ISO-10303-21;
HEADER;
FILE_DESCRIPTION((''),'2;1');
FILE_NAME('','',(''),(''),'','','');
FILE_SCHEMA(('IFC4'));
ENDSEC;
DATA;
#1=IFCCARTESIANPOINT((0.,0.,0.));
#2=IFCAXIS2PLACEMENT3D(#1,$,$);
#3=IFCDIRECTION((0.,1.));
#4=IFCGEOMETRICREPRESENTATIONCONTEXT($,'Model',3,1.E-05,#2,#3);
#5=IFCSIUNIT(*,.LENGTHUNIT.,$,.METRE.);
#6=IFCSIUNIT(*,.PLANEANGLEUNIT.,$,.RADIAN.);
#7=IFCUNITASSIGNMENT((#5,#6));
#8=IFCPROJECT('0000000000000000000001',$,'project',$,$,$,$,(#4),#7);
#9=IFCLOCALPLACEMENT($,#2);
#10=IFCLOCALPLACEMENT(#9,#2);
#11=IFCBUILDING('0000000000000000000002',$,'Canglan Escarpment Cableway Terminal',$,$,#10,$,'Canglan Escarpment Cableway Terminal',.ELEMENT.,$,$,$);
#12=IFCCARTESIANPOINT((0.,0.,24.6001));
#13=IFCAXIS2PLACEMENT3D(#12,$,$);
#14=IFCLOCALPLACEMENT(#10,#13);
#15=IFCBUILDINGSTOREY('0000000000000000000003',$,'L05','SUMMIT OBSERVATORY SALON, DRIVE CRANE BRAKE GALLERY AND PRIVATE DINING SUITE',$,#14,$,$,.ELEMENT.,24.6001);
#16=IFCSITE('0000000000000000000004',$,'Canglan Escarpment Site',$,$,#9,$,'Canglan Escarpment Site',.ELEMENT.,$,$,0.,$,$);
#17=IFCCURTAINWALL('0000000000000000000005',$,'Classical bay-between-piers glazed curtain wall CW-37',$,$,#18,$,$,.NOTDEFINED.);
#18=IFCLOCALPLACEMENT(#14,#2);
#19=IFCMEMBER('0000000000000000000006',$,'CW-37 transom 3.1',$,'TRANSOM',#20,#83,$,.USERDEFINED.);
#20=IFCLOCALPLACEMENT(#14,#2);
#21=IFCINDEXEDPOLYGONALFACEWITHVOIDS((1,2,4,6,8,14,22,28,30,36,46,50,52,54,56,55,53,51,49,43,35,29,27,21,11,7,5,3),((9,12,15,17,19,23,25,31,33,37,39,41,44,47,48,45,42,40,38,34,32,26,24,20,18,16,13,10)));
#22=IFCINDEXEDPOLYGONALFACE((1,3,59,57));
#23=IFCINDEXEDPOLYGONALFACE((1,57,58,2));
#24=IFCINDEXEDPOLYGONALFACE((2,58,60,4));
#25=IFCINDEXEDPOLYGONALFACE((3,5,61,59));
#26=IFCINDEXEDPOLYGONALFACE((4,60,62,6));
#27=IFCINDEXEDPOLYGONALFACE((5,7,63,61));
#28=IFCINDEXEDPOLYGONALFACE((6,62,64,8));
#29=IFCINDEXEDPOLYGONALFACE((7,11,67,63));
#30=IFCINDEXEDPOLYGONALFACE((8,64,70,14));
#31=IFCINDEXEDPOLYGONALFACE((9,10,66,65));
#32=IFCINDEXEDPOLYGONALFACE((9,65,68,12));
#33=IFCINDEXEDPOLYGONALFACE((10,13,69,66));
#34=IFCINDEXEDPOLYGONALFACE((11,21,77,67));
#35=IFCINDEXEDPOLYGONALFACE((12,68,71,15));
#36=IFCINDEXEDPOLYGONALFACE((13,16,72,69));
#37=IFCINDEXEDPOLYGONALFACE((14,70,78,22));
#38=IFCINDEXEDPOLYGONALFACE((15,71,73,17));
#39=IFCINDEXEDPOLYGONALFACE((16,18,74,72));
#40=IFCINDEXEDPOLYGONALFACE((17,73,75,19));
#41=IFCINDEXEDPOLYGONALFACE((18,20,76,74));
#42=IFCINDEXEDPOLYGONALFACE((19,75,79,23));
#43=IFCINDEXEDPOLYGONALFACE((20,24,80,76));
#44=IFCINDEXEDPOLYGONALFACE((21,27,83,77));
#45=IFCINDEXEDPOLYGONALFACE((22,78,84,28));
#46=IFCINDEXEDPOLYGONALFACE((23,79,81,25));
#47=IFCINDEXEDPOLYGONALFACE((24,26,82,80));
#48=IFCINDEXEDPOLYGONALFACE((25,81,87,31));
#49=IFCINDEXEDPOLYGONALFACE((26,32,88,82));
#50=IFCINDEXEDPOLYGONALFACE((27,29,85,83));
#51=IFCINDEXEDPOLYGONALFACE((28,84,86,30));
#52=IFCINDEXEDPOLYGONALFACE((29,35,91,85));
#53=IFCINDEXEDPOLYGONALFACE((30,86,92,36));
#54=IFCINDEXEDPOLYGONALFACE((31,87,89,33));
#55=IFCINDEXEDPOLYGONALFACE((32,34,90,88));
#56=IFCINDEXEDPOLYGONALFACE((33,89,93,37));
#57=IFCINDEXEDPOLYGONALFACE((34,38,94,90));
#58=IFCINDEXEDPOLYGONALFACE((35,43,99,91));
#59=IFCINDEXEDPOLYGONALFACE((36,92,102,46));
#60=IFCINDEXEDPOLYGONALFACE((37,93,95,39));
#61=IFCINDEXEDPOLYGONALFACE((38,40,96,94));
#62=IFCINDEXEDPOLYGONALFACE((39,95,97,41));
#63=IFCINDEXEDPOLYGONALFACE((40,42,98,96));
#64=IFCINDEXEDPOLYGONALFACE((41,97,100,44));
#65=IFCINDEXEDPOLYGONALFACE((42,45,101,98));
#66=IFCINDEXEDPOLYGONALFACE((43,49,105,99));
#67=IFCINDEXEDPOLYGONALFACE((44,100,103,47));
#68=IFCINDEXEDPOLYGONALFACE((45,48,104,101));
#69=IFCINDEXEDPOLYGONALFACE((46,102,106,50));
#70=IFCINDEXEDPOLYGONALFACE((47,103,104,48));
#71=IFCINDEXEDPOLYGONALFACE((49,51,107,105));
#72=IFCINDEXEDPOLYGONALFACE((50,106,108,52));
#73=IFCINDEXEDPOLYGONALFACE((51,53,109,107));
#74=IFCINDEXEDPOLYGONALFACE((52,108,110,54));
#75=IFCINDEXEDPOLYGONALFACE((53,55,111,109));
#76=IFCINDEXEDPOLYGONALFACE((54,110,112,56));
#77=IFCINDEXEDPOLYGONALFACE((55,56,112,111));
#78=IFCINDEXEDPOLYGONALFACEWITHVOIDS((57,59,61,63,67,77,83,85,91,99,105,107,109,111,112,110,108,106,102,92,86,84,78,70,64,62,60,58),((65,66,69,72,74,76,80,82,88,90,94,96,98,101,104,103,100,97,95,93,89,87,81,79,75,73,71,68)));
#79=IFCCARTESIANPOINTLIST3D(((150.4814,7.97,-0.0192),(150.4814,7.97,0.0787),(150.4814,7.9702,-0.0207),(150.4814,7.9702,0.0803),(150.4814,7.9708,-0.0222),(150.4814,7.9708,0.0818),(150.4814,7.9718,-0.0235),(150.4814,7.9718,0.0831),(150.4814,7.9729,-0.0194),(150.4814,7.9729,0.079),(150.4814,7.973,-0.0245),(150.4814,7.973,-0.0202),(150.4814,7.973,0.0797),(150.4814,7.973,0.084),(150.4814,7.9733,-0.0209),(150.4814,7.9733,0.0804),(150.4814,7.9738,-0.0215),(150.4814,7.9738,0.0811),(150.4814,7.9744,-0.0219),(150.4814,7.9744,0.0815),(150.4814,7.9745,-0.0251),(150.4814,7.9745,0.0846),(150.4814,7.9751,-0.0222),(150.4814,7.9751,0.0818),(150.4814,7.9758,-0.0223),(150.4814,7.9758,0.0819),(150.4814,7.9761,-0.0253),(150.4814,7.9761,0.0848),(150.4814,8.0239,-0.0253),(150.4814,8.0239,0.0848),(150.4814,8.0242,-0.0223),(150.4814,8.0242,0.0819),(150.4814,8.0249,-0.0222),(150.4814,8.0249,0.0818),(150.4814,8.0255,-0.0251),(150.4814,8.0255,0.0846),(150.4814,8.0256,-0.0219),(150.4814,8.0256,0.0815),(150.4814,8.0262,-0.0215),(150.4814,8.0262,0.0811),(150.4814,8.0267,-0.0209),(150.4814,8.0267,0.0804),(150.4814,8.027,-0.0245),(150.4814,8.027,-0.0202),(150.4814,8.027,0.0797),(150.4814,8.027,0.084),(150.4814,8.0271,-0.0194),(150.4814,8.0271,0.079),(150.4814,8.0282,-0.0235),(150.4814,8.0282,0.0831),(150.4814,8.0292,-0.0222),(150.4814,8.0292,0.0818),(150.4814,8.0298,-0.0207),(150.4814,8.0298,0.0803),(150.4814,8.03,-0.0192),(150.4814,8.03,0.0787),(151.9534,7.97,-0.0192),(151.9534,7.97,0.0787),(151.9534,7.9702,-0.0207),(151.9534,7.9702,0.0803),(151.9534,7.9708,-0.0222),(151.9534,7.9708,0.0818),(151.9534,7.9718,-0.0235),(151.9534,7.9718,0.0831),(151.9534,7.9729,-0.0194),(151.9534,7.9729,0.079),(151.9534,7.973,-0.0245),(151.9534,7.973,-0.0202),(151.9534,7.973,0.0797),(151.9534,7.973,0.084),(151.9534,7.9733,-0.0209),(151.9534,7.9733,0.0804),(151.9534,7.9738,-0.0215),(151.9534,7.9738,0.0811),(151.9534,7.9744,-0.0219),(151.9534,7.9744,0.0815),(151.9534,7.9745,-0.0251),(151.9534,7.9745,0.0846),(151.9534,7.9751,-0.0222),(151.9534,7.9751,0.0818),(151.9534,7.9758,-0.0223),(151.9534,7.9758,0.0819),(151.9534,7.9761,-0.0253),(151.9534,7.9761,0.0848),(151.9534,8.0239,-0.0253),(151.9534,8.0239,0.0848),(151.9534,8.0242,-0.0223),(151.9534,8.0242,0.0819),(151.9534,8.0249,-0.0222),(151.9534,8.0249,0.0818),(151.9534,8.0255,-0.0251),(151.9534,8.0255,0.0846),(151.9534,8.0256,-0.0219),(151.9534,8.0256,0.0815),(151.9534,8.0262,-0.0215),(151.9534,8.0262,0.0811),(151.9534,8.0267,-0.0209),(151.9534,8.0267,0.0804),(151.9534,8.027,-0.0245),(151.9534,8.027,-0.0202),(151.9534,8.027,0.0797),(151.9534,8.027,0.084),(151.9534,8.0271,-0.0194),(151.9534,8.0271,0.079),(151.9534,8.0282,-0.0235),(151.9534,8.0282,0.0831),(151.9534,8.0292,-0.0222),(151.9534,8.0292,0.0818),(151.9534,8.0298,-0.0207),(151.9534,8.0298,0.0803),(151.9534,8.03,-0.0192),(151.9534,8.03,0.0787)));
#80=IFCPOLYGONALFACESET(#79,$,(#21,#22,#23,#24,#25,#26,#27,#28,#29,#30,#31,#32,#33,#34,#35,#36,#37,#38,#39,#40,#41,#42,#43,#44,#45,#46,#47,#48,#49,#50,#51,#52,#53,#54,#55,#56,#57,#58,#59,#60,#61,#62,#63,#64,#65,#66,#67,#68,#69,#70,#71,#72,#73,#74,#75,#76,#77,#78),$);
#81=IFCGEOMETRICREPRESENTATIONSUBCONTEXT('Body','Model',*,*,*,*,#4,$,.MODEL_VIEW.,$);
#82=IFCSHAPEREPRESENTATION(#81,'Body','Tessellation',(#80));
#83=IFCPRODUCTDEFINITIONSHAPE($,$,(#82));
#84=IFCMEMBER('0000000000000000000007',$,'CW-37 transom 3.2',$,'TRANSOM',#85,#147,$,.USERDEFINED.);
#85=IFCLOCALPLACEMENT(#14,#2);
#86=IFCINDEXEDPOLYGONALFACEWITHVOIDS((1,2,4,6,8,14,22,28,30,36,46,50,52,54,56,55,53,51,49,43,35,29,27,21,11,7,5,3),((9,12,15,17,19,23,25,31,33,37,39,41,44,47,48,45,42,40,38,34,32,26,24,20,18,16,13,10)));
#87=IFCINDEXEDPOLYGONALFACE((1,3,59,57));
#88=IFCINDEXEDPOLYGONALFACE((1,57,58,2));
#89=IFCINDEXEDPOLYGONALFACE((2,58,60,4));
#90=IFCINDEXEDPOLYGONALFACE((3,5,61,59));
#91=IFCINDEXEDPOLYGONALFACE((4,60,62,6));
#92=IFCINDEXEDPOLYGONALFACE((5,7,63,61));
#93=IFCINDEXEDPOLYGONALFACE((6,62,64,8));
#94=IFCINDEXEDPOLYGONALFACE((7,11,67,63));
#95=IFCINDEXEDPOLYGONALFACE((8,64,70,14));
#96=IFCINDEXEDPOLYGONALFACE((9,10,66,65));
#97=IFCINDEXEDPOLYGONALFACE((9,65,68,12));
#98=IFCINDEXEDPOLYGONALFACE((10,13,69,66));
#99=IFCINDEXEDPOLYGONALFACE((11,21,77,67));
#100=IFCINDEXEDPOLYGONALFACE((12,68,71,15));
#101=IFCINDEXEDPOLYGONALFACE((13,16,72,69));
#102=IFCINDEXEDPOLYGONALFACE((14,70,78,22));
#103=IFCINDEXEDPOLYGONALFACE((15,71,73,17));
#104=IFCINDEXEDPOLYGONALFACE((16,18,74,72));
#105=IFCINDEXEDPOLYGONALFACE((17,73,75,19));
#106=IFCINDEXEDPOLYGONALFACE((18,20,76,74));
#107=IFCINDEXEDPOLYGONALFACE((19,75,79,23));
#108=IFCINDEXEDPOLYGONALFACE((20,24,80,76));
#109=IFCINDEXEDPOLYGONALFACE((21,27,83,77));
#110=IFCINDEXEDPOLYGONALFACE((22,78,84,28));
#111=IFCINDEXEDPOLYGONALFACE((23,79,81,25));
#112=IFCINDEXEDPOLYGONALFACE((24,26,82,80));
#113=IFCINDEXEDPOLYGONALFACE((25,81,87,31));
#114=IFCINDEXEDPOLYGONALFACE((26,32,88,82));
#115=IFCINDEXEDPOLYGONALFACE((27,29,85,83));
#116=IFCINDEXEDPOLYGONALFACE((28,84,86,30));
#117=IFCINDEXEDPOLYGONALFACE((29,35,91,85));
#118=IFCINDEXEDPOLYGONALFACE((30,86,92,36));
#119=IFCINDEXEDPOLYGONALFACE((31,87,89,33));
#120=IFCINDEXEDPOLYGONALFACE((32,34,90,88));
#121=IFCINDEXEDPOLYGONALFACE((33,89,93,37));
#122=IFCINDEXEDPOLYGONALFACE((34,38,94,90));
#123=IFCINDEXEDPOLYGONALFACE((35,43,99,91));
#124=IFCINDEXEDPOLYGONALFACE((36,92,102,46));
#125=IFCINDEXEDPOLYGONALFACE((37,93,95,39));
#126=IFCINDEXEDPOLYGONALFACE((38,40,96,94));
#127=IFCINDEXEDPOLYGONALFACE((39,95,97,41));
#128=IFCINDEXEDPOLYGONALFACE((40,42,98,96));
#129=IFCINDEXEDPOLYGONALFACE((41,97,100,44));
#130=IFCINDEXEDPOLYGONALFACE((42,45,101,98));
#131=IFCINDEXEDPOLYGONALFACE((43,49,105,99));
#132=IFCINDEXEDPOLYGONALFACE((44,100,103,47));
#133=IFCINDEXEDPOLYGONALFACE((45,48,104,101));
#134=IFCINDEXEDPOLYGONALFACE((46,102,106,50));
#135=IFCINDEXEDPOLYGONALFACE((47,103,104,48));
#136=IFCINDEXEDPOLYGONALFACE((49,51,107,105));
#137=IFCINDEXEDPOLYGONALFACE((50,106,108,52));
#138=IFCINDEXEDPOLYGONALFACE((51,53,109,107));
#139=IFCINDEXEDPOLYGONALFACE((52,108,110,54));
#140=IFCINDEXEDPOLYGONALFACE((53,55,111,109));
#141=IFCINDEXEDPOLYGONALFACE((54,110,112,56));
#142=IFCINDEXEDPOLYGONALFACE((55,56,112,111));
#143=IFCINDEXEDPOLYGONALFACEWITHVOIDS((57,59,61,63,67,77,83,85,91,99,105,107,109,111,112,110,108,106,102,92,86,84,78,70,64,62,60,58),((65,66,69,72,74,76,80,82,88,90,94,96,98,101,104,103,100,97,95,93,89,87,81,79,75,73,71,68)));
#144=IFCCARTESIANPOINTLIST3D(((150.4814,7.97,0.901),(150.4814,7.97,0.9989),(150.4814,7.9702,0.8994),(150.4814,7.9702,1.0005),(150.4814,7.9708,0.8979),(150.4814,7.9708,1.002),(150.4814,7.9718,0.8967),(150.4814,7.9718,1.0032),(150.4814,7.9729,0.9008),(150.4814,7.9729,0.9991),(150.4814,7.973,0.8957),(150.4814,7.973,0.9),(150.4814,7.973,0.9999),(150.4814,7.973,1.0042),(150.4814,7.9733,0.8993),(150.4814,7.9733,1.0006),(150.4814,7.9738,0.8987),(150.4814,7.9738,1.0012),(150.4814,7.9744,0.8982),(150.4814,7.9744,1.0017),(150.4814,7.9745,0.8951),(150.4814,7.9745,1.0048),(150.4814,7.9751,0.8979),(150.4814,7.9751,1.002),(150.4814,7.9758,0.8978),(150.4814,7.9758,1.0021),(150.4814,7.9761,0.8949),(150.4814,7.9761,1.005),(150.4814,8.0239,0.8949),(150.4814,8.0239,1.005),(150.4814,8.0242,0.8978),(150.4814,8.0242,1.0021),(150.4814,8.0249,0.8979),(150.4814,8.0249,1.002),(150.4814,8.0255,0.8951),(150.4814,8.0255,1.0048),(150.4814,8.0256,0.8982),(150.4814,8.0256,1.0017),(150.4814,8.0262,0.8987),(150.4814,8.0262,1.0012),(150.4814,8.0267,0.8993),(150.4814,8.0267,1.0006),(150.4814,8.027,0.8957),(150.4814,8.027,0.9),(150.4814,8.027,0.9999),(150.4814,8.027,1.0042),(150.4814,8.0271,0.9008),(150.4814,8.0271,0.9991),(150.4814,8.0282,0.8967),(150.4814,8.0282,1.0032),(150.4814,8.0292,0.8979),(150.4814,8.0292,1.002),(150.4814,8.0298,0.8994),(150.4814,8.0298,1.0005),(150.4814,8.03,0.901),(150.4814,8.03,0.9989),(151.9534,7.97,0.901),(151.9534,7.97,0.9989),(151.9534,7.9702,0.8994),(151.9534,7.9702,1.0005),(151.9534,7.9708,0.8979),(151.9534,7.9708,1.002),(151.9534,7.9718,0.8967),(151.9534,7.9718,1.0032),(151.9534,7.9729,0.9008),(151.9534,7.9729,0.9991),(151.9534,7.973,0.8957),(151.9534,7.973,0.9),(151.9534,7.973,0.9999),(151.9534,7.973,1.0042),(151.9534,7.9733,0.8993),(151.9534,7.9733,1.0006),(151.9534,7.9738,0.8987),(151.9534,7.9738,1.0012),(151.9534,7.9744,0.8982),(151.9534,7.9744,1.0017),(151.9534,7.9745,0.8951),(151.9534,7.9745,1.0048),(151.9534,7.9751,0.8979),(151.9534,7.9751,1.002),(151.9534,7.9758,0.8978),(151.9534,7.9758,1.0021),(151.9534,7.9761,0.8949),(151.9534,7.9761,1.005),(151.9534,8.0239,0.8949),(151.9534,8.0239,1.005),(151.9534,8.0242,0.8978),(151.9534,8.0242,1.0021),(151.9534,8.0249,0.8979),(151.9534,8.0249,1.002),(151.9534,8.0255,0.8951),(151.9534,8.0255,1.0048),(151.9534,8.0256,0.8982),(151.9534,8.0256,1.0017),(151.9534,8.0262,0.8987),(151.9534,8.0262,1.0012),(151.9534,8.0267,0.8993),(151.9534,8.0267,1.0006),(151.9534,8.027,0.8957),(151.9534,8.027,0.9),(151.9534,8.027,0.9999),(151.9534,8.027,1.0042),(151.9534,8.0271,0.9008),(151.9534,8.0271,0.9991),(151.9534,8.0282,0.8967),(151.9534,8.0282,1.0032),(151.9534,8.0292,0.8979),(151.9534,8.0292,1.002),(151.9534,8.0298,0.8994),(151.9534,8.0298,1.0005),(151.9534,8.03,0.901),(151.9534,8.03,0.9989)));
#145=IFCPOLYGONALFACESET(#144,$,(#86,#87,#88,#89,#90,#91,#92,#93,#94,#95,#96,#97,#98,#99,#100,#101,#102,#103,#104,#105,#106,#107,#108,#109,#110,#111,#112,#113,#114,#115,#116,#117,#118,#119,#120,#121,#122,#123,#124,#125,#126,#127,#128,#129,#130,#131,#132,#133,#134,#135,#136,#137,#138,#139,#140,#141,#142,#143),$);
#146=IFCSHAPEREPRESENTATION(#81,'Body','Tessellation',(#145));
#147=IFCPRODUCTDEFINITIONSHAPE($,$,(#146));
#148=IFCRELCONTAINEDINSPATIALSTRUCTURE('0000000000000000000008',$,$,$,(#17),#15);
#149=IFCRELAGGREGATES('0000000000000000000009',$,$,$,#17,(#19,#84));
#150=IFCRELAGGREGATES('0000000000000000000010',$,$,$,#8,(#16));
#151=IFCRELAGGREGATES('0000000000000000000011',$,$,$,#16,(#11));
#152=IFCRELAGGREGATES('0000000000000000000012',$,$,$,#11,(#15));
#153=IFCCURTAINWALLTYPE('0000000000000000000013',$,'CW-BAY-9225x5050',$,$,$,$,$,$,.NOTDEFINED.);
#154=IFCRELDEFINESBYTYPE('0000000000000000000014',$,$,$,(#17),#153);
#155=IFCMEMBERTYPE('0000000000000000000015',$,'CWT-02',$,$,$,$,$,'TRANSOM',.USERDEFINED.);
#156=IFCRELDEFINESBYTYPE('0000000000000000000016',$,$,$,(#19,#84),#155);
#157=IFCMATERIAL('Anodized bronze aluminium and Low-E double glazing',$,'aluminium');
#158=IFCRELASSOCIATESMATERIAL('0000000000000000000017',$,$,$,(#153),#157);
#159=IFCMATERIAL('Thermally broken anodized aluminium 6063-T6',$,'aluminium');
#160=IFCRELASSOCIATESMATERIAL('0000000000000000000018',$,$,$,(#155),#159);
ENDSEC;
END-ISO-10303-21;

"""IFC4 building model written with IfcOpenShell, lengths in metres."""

from ifc_helpers import new_model, si_unit, direction, frame, origin, origin_2d, place, context, subcontext, project, spatial, hollow_rectangle, extrude, material, material_profile, profile_set, type_object, element, aggregate, save


model = new_model("IFC4")

# Units and contexts
model_context = context("Model", 3, precision=1e-05, world=origin(), true_north=direction((0.0, 1.0)))
body_context = subcontext(model_context, "Body", "Model", "MODEL_VIEW")
ifc_project = project(units=[si_unit("LENGTHUNIT", "METRE"), si_unit("PLANEANGLEUNIT", "RADIAN")], contexts=[model_context])

# Site, building, storey
site_placement = place(None, origin())
site = spatial("IfcSite", under=ifc_project, at=site_placement, Name="Canglan Escarpment Site", LongName="Canglan Escarpment Site", CompositionType="ELEMENT", RefElevation=0.0)
building_placement = place(site_placement, origin())
building = spatial("IfcBuilding", under=site, at=building_placement, Name="Canglan Escarpment Cableway Terminal", LongName="Canglan Escarpment Cableway Terminal", CompositionType="ELEMENT")
storey_placement = place(building_placement, frame((0.0, 0.0, 24.6001)))
storey = spatial("IfcBuildingStorey", under=building, at=storey_placement, Name="L05", Description="SUMMIT OBSERVATORY SALON, DRIVE CRANE BRAKE GALLERY AND PRIVATE DINING SUITE", CompositionType="ELEMENT", Elevation=24.6001)

# Curtain wall, members
ifc_material_1 = material(Name="Anodized bronze aluminium and Low-E double glazing", Category="aluminium")
curtain_wall_type = type_object("IfcCurtainWallType", Name="CW-BAY-9225x5050", PredefinedType="NOTDEFINED", material=ifc_material_1)
curtain_wall_placement = place(storey_placement, origin())
curtain_wall = element("IfcCurtainWall", 1, at=curtain_wall_placement, inside=storey, type_object=curtain_wall_type, Name="Classical bay-between-piers glazed curtain wall CW-37", PredefinedType="NOTDEFINED")
ifc_material_2 = material(Name="Thermally broken anodized aluminium 6063-T6", Category="aluminium")
ifc_material_profile_1 = material_profile(ifc_material_2, hollow_rectangle(XDim=0.0601, YDim=0.1101, WallThickness=0.0029, InnerFilletRadius=0.0029, OuterFilletRadius=0.0061, at=origin_2d()), Name="ALU-TRAN 60x110x3")
ifc_profile_set_1 = profile_set([ifc_material_profile_1], Name="Thermally broken anodized aluminium 6063-T6")
member_type_1 = type_object("IfcMemberType", Name="CWT-02", ElementType="TRANSOM", PredefinedType="USERDEFINED", material=ifc_profile_set_1)
member_1_placement = place(storey_placement, frame((150.4814, 8.0, 0.0298), z_axis=(1.0, 0.0, 0.0), x_axis=(0.0, 1.0, 0.0)))
member_1 = element("IfcMember", 2, at=member_1_placement, type_object=member_type_1, Name="CW-37 transom 3.1", ObjectType="TRANSOM", PredefinedType="USERDEFINED", context=body_context, shape_type="SweptSolid", body=[
    extrude(hollow_rectangle(XDim=0.0601, YDim=0.1101, WallThickness=0.0029, InnerFilletRadius=0.0029, OuterFilletRadius=0.0061, at=origin_2d()), origin(), (0.0, 0.0, 1.0), 1.4719),
])
member_2_placement = place(storey_placement, frame((150.4814, 8.0, 0.95), z_axis=(1.0, 0.0, 0.0), x_axis=(0.0, 1.0, 0.0)))
member_2 = element("IfcMember", 3, at=member_2_placement, type_object=member_type_1, Name="CW-37 transom 3.2", ObjectType="TRANSOM", PredefinedType="USERDEFINED", context=body_context, shape_type="SweptSolid", body=[
    extrude(hollow_rectangle(XDim=0.0601, YDim=0.1101, WallThickness=0.0029, InnerFilletRadius=0.0029, OuterFilletRadius=0.0061, at=origin_2d()), origin(), (0.0, 0.0, 1.0), 1.4719),
])

aggregate(curtain_wall, [member_1, member_2])

save(model, "model.ifc")
